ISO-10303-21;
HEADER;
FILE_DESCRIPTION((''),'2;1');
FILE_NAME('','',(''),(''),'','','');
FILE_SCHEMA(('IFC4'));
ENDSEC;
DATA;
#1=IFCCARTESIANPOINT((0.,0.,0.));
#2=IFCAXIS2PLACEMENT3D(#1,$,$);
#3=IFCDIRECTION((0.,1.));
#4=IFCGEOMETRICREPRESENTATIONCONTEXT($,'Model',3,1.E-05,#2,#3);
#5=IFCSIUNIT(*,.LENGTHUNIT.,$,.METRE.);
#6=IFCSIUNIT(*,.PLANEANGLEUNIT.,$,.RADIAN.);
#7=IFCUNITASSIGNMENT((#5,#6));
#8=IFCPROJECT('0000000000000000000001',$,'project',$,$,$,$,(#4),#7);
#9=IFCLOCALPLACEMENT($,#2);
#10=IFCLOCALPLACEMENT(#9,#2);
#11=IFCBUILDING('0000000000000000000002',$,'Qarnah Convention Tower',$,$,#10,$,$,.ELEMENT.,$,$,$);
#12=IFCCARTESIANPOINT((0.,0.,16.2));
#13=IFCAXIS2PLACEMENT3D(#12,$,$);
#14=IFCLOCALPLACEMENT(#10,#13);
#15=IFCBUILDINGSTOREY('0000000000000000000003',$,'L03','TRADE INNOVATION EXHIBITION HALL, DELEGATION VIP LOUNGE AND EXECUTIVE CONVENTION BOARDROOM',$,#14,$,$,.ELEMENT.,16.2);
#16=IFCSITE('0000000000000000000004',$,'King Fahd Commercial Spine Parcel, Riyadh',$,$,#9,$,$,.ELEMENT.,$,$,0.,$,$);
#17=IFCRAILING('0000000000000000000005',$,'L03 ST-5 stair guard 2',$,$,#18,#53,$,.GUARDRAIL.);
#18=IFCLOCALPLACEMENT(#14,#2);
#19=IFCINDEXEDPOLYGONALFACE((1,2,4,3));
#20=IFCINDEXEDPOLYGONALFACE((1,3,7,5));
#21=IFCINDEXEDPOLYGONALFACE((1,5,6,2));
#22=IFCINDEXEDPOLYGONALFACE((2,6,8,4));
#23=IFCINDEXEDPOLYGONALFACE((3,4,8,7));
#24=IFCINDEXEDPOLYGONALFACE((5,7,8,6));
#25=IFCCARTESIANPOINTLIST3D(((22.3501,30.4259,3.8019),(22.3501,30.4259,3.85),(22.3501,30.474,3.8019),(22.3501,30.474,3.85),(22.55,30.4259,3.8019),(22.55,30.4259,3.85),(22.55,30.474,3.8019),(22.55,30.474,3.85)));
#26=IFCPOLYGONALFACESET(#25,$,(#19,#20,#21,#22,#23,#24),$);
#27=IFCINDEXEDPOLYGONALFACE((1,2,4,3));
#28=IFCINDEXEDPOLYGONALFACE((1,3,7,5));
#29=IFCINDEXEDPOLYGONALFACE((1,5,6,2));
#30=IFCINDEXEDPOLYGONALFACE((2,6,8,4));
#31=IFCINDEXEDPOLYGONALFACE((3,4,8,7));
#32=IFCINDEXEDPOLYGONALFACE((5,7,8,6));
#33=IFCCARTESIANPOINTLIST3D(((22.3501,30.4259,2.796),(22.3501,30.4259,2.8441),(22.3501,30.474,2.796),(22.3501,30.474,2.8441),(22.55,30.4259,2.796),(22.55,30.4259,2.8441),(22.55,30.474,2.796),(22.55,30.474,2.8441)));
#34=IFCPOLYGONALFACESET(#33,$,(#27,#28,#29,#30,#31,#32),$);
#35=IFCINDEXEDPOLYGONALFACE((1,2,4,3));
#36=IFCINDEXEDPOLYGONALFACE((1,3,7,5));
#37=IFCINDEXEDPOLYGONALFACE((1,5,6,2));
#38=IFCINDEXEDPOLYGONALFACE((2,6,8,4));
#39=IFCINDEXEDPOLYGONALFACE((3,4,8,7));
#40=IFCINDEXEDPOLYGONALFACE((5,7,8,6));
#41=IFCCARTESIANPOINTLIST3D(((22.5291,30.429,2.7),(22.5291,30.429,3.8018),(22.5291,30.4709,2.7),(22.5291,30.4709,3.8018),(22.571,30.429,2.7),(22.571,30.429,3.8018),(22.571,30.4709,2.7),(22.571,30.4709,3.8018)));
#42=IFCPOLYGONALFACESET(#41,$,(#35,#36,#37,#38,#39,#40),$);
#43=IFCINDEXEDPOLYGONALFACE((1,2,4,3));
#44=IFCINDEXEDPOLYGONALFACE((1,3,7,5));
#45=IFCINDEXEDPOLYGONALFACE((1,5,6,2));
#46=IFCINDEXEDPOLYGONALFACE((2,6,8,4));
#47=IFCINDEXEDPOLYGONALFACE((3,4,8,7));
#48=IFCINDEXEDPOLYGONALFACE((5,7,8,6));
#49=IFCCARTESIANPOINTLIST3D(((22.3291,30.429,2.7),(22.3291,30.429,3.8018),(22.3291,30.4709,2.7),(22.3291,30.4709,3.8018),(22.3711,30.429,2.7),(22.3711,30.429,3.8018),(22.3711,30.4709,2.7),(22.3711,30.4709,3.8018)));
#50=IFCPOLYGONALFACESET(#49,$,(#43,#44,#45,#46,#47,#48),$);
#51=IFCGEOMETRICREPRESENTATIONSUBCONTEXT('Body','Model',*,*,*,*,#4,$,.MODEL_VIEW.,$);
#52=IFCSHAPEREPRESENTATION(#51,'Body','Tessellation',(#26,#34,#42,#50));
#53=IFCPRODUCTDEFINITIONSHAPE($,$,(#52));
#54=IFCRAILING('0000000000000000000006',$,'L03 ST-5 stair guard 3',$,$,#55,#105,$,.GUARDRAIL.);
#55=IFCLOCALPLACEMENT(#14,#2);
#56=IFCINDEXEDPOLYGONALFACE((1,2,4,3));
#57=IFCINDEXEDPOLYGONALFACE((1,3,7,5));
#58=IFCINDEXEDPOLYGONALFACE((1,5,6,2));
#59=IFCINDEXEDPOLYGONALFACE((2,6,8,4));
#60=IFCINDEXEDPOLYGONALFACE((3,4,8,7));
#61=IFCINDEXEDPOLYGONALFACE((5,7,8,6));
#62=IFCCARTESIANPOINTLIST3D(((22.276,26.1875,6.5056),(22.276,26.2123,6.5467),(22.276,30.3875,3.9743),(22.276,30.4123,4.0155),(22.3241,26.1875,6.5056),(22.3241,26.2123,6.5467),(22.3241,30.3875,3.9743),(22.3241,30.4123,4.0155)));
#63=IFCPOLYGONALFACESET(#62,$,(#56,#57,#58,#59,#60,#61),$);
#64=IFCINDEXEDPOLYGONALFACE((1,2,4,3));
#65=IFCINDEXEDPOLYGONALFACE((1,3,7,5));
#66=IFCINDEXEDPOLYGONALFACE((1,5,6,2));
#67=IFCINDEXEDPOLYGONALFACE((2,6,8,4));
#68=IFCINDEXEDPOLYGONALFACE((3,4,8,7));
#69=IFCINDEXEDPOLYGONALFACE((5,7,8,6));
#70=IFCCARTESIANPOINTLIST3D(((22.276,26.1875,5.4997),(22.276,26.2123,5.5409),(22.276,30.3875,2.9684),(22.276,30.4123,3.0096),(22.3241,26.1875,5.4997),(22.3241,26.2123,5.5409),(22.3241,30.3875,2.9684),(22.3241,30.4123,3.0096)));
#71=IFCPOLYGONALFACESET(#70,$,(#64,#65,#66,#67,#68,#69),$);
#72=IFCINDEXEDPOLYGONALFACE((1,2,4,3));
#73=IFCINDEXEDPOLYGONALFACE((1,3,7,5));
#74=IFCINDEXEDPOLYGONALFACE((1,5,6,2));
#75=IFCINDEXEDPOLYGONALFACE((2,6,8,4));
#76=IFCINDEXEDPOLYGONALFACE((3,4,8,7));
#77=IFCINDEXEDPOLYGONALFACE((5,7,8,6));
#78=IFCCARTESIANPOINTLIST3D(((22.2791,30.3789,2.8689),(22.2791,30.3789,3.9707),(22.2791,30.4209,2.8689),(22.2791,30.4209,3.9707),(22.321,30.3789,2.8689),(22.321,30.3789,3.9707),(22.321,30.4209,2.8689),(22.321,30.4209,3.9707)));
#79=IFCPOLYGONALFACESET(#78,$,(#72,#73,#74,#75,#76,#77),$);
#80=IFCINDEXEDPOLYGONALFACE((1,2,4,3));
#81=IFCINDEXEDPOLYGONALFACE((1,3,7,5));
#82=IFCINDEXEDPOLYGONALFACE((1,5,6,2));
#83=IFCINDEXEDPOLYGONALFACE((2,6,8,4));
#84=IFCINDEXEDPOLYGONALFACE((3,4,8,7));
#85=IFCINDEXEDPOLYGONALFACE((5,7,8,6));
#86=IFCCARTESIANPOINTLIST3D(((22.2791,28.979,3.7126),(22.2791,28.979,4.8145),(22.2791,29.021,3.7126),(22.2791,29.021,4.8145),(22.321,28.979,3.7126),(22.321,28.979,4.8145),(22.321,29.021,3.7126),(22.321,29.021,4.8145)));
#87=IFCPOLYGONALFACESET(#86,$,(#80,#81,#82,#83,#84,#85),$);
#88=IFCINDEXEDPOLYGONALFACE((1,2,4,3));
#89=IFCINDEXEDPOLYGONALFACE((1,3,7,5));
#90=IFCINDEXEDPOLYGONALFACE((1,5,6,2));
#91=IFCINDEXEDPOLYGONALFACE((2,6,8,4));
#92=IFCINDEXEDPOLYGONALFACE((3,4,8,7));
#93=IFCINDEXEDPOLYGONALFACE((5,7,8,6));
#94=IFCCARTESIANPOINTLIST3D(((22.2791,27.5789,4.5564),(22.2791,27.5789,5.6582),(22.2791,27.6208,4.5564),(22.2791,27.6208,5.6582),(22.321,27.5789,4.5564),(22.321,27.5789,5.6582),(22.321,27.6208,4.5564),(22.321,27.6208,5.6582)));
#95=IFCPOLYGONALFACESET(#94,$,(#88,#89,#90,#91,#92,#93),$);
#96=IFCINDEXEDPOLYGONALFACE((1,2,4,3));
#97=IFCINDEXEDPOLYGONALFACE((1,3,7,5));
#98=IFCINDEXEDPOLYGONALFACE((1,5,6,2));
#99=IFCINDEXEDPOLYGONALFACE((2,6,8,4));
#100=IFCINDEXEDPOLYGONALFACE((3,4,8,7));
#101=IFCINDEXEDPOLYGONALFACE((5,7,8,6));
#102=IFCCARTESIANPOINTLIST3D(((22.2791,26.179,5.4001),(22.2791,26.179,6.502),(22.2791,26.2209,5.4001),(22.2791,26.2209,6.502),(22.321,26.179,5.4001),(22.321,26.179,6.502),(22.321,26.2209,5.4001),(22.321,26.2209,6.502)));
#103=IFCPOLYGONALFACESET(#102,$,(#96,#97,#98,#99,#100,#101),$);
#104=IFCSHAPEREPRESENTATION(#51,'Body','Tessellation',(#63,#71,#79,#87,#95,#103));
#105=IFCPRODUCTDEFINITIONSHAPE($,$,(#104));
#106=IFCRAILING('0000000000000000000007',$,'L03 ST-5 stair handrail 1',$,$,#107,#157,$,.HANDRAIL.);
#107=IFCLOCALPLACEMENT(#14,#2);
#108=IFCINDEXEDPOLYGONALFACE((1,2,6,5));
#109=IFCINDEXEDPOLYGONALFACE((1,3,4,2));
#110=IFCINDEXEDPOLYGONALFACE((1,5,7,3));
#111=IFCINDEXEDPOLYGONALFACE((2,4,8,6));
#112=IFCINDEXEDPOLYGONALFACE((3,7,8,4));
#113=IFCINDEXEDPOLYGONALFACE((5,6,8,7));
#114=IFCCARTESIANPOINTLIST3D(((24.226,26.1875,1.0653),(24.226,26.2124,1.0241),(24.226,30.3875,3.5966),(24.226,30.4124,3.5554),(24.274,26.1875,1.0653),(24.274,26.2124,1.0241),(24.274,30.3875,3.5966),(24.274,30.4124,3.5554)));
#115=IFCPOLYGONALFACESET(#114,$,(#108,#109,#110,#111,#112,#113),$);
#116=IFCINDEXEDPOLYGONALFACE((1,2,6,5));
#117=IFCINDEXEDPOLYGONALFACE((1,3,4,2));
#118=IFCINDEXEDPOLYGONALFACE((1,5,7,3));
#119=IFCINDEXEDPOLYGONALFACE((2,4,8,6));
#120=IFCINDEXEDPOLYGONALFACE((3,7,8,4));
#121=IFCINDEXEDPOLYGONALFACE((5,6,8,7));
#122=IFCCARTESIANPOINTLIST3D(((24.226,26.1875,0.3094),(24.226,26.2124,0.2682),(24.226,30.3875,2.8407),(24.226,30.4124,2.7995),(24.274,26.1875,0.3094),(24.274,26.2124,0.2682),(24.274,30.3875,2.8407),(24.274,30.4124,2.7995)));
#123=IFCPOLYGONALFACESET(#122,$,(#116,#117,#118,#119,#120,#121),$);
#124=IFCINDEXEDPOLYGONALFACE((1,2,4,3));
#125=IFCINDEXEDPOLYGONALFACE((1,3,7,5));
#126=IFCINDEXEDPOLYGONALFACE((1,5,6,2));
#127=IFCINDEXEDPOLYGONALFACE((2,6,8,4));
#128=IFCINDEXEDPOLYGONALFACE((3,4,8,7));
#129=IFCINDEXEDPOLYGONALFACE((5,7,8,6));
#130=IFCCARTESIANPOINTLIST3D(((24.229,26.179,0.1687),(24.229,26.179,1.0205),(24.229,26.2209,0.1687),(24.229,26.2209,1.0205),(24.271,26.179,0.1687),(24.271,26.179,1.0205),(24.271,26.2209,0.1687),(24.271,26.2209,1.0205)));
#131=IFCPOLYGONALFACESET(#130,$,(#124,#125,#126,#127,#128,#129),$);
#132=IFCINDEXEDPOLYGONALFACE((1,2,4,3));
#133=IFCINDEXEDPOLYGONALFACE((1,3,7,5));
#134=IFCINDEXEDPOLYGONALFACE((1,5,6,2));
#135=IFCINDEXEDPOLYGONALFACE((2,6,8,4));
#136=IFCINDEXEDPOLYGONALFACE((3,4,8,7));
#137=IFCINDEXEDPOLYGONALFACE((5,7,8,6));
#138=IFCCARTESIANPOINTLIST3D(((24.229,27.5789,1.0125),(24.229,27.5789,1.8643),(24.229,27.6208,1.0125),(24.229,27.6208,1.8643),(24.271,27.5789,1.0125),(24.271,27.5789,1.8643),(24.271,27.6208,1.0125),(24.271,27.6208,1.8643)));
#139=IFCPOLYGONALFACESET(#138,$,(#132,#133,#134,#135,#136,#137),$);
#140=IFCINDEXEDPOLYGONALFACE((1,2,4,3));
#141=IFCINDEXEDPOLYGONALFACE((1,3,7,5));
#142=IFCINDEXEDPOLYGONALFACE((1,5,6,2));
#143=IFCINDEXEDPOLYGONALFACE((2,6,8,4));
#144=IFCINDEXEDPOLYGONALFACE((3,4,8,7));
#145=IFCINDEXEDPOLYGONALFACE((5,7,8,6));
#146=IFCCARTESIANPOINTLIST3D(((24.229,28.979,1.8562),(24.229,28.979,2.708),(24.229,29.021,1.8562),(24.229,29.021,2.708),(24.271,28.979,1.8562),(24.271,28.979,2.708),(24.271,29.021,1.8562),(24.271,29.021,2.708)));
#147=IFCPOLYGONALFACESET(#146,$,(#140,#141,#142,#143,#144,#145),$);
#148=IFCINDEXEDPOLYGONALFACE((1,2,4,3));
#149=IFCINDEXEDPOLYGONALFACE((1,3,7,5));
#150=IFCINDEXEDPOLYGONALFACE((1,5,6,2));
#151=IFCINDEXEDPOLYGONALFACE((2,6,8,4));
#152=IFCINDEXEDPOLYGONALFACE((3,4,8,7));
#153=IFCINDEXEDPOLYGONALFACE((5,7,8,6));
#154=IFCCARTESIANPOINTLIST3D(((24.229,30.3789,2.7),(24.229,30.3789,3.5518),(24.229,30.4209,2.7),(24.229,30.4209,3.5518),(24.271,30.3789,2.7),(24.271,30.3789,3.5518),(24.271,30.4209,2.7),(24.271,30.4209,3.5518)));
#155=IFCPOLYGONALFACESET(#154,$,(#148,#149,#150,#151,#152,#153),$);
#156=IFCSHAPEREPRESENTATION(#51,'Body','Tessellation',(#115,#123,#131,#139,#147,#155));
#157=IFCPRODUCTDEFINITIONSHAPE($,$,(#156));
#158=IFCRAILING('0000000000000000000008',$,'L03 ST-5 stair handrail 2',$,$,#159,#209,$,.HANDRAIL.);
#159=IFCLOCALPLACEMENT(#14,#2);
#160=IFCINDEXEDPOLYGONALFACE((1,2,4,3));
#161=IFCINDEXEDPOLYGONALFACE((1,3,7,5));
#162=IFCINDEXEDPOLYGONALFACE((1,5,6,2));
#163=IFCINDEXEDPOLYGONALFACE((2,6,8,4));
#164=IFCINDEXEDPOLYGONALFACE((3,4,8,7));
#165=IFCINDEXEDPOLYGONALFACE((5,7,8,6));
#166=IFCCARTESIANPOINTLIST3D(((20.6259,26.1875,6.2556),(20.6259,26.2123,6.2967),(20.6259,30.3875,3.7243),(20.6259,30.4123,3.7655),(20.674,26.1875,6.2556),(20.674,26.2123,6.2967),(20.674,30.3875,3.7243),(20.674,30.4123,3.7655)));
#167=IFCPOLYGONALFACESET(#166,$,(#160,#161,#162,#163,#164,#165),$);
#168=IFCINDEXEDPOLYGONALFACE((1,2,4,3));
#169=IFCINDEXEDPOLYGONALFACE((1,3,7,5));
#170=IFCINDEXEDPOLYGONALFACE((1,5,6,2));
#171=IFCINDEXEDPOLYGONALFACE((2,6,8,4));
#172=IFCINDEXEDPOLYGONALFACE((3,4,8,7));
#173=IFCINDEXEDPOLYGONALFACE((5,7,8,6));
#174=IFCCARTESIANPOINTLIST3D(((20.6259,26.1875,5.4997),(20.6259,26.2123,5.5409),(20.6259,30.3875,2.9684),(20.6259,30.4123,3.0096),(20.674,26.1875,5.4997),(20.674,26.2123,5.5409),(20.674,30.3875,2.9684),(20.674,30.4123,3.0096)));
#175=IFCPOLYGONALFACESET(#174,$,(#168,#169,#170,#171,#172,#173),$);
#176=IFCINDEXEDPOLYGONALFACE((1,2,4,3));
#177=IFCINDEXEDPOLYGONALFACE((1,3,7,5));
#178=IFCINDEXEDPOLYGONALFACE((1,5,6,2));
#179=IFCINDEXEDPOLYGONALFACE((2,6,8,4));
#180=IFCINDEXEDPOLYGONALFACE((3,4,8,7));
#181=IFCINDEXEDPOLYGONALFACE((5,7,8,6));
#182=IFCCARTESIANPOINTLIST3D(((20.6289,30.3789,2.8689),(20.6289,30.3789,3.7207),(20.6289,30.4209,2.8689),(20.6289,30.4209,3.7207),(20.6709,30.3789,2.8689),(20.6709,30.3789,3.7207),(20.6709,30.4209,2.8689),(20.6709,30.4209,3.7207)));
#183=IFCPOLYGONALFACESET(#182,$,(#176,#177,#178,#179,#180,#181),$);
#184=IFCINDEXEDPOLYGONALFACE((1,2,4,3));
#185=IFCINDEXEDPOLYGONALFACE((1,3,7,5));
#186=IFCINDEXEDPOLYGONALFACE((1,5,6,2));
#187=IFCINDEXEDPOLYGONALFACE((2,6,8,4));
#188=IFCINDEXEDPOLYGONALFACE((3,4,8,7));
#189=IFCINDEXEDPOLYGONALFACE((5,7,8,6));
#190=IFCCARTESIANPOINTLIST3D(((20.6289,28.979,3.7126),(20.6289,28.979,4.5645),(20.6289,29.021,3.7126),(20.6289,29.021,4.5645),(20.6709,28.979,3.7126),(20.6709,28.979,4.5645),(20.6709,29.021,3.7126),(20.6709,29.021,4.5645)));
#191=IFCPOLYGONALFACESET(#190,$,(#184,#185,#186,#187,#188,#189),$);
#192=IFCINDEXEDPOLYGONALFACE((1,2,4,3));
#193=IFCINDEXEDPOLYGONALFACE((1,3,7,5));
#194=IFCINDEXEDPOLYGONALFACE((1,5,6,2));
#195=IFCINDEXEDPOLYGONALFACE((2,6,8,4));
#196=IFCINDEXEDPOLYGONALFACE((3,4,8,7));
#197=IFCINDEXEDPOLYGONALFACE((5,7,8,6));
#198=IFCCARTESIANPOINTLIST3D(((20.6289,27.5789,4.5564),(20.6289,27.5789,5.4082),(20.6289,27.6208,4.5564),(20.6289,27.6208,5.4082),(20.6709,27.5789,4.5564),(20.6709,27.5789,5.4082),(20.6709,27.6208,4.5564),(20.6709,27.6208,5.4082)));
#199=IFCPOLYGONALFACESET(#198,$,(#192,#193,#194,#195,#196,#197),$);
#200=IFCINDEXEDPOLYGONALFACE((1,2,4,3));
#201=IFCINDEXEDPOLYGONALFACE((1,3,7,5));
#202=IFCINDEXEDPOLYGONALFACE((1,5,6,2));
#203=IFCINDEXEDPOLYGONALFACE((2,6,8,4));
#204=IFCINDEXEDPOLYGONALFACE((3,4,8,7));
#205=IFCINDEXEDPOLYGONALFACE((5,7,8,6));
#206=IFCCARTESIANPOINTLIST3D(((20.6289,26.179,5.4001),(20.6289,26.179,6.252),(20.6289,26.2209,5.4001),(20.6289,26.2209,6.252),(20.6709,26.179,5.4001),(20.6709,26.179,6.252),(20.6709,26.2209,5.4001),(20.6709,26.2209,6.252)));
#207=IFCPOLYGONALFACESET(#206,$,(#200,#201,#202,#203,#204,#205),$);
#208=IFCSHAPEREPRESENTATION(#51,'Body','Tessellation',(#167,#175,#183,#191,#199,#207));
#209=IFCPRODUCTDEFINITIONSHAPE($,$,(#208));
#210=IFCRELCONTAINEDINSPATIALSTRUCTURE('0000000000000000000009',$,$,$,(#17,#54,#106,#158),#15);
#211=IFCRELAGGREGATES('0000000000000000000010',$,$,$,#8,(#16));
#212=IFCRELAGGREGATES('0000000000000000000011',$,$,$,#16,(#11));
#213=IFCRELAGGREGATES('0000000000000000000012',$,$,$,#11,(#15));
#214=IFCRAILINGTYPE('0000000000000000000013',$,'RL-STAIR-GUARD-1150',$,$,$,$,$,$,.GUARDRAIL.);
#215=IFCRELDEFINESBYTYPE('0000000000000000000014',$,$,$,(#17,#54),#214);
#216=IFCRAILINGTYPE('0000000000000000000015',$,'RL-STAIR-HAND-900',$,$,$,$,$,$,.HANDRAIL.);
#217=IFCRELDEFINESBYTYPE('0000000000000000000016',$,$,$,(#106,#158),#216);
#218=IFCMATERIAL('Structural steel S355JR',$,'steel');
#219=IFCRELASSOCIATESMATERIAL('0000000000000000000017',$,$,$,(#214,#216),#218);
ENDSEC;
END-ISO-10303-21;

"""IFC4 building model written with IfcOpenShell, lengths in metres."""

from ifc_helpers import new_model, si_unit, direction, frame, origin, origin_2d, place, context, subcontext, project, spatial, rectangle, extrude, material, type_object, element, save


model = new_model("IFC4")

# Units and contexts
model_context = context("Model", 3, precision=1e-05, world=origin(), true_north=direction((0.0, 1.0)))
body_context = subcontext(model_context, "Body", "Model", "MODEL_VIEW")
ifc_project = project(units=[si_unit("LENGTHUNIT", "METRE"), si_unit("PLANEANGLEUNIT", "RADIAN")], contexts=[model_context])

# Site, building, storey
site_placement = place(None, origin())
site = spatial("IfcSite", under=ifc_project, at=site_placement, Name="King Fahd Commercial Spine Parcel, Riyadh", CompositionType="ELEMENT", RefElevation=0.0)
building_placement = place(site_placement, origin())
building = spatial("IfcBuilding", under=site, at=building_placement, Name="Qarnah Convention Tower", CompositionType="ELEMENT")
storey_placement = place(building_placement, frame((0.0, 0.0, 16.2)))
storey = spatial("IfcBuildingStorey", under=building, at=storey_placement, Name="L03", Description="TRADE INNOVATION EXHIBITION HALL, DELEGATION VIP LOUNGE AND EXECUTIVE CONVENTION BOARDROOM", CompositionType="ELEMENT", Elevation=16.2)

# Shared definitions
ifc_material_1 = material(Name="Structural steel S355JR", Category="steel")

# Railings
railing_type_1 = type_object("IfcRailingType", Name="RL-STAIR-GUARD-1150", PredefinedType="GUARDRAIL", material=ifc_material_1)
railing_1_placement = place(storey_placement, frame((22.55, 30.45, 2.7)))
element("IfcRailing", 1, at=railing_1_placement, inside=storey, type_object=railing_type_1, Name="L03 ST-5 stair guard 2", PredefinedType="GUARDRAIL", context=body_context, shape_type="SweptSolid", body=[
    extrude(rectangle(XDim=0.0481, YDim=0.0481, at=origin_2d()), frame((0.0, 0.0, 1.126), z_axis=(-1.0, 0.0, 0.0), x_axis=(0.0, -1.0, 0.0)), (0.0, 0.0, 1.0), 0.2),
    extrude(rectangle(XDim=0.0481, YDim=0.0481, at=origin_2d()), frame((0.0, 0.0, 0.1201), z_axis=(-1.0, 0.0, 0.0), x_axis=(0.0, -1.0, 0.0)), (0.0, 0.0, 1.0), 0.2),
    extrude(rectangle(XDim=0.042, YDim=0.042, at=origin_2d()), origin(), (0.0, 0.0, 1.0), 1.1018),
    extrude(rectangle(XDim=0.042, YDim=0.042, at=origin_2d()), frame((-0.2, 0.0, 0.0)), (0.0, 0.0, 1.0), 1.1018),
])
railing_2_placement = place(storey_placement, frame((22.3, 30.3999, 2.8689)))
element("IfcRailing", 2, at=railing_2_placement, inside=storey, type_object=railing_type_1, Name="L03 ST-5 stair guard 3", PredefinedType="GUARDRAIL", context=body_context, shape_type="SweptSolid", body=[
    extrude(rectangle(XDim=0.0481, YDim=0.0481, at=origin_2d()), frame((0.0, 0.0, 1.126), z_axis=(0.0, -0.856476, 0.516186), x_axis=(1.0, 0.0, 0.0)), (0.0, 0.0, 1.0), 4.9038),
    extrude(rectangle(XDim=0.0481, YDim=0.0481, at=origin_2d()), frame((0.0, 0.0, 0.1201), z_axis=(0.0, -0.856476, 0.516186), x_axis=(1.0, 0.0, 0.0)), (0.0, 0.0, 1.0), 4.9038),
    extrude(rectangle(XDim=0.042, YDim=0.042, at=origin_2d()), origin(), (0.0, 0.0, 1.0), 1.1018),
    extrude(rectangle(XDim=0.042, YDim=0.042, at=origin_2d()), frame((0.0, -1.3999, 0.8438)), (0.0, 0.0, 1.0), 1.1018),
    extrude(rectangle(XDim=0.042, YDim=0.042, at=origin_2d()), frame((0.0, -2.8, 1.6875)), (0.0, 0.0, 1.0), 1.1018),
    extrude(rectangle(XDim=0.042, YDim=0.042, at=origin_2d()), frame((0.0, -4.2, 2.5312)), (0.0, 0.0, 1.0), 1.1018),
])
railing_type_2 = type_object("IfcRailingType", Name="RL-STAIR-HAND-900", PredefinedType="HANDRAIL", material=ifc_material_1)
railing_3_placement = place(storey_placement, frame((24.25, 26.2, 0.1687)))
element("IfcRailing", 3, at=railing_3_placement, inside=storey, type_object=railing_type_2, Name="L03 ST-5 stair handrail 1", PredefinedType="HANDRAIL", context=body_context, shape_type="SweptSolid", body=[
    extrude(rectangle(XDim=0.0481, YDim=0.0481, at=origin_2d()), frame((0.0, 0.0, 0.876), z_axis=(0.0, 0.856476, 0.516186), x_axis=(-1.0, 0.0, 0.0)), (0.0, 0.0, 1.0), 4.9038),
    extrude(rectangle(XDim=0.0481, YDim=0.0481, at=origin_2d()), frame((0.0, 0.0, 0.1201), z_axis=(0.0, 0.856476, 0.516186), x_axis=(-1.0, 0.0, 0.0)), (0.0, 0.0, 1.0), 4.9038),
    extrude(rectangle(XDim=0.042, YDim=0.042, at=origin_2d()), origin(), (0.0, 0.0, 1.0), 0.8518),
    extrude(rectangle(XDim=0.042, YDim=0.042, at=origin_2d()), frame((0.0, 1.3999, 0.8438)), (0.0, 0.0, 1.0), 0.8518),
    extrude(rectangle(XDim=0.042, YDim=0.042, at=origin_2d()), frame((0.0, 2.8, 1.6875)), (0.0, 0.0, 1.0), 0.8518),
    extrude(rectangle(XDim=0.042, YDim=0.042, at=origin_2d()), frame((0.0, 4.2, 2.5312)), (0.0, 0.0, 1.0), 0.8518),
])
railing_4_placement = place(storey_placement, frame((20.6499, 30.3999, 2.8689)))
element("IfcRailing", 4, at=railing_4_placement, inside=storey, type_object=railing_type_2, Name="L03 ST-5 stair handrail 2", PredefinedType="HANDRAIL", context=body_context, shape_type="SweptSolid", body=[
    extrude(rectangle(XDim=0.0481, YDim=0.0481, at=origin_2d()), frame((0.0, 0.0, 0.876), z_axis=(0.0, -0.856476, 0.516186), x_axis=(1.0, 0.0, 0.0)), (0.0, 0.0, 1.0), 4.9038),
    extrude(rectangle(XDim=0.0481, YDim=0.0481, at=origin_2d()), frame((0.0, 0.0, 0.1201), z_axis=(0.0, -0.856476, 0.516186), x_axis=(1.0, 0.0, 0.0)), (0.0, 0.0, 1.0), 4.9038),
    extrude(rectangle(XDim=0.042, YDim=0.042, at=origin_2d()), origin(), (0.0, 0.0, 1.0), 0.8518),
    extrude(rectangle(XDim=0.042, YDim=0.042, at=origin_2d()), frame((0.0, -1.3999, 0.8438)), (0.0, 0.0, 1.0), 0.8518),
    extrude(rectangle(XDim=0.042, YDim=0.042, at=origin_2d()), frame((0.0, -2.8, 1.6875)), (0.0, 0.0, 1.0), 0.8518),
    extrude(rectangle(XDim=0.042, YDim=0.042, at=origin_2d()), frame((0.0, -4.2, 2.5312)), (0.0, 0.0, 1.0), 0.8518),
])

save(model, "model.ifc")
